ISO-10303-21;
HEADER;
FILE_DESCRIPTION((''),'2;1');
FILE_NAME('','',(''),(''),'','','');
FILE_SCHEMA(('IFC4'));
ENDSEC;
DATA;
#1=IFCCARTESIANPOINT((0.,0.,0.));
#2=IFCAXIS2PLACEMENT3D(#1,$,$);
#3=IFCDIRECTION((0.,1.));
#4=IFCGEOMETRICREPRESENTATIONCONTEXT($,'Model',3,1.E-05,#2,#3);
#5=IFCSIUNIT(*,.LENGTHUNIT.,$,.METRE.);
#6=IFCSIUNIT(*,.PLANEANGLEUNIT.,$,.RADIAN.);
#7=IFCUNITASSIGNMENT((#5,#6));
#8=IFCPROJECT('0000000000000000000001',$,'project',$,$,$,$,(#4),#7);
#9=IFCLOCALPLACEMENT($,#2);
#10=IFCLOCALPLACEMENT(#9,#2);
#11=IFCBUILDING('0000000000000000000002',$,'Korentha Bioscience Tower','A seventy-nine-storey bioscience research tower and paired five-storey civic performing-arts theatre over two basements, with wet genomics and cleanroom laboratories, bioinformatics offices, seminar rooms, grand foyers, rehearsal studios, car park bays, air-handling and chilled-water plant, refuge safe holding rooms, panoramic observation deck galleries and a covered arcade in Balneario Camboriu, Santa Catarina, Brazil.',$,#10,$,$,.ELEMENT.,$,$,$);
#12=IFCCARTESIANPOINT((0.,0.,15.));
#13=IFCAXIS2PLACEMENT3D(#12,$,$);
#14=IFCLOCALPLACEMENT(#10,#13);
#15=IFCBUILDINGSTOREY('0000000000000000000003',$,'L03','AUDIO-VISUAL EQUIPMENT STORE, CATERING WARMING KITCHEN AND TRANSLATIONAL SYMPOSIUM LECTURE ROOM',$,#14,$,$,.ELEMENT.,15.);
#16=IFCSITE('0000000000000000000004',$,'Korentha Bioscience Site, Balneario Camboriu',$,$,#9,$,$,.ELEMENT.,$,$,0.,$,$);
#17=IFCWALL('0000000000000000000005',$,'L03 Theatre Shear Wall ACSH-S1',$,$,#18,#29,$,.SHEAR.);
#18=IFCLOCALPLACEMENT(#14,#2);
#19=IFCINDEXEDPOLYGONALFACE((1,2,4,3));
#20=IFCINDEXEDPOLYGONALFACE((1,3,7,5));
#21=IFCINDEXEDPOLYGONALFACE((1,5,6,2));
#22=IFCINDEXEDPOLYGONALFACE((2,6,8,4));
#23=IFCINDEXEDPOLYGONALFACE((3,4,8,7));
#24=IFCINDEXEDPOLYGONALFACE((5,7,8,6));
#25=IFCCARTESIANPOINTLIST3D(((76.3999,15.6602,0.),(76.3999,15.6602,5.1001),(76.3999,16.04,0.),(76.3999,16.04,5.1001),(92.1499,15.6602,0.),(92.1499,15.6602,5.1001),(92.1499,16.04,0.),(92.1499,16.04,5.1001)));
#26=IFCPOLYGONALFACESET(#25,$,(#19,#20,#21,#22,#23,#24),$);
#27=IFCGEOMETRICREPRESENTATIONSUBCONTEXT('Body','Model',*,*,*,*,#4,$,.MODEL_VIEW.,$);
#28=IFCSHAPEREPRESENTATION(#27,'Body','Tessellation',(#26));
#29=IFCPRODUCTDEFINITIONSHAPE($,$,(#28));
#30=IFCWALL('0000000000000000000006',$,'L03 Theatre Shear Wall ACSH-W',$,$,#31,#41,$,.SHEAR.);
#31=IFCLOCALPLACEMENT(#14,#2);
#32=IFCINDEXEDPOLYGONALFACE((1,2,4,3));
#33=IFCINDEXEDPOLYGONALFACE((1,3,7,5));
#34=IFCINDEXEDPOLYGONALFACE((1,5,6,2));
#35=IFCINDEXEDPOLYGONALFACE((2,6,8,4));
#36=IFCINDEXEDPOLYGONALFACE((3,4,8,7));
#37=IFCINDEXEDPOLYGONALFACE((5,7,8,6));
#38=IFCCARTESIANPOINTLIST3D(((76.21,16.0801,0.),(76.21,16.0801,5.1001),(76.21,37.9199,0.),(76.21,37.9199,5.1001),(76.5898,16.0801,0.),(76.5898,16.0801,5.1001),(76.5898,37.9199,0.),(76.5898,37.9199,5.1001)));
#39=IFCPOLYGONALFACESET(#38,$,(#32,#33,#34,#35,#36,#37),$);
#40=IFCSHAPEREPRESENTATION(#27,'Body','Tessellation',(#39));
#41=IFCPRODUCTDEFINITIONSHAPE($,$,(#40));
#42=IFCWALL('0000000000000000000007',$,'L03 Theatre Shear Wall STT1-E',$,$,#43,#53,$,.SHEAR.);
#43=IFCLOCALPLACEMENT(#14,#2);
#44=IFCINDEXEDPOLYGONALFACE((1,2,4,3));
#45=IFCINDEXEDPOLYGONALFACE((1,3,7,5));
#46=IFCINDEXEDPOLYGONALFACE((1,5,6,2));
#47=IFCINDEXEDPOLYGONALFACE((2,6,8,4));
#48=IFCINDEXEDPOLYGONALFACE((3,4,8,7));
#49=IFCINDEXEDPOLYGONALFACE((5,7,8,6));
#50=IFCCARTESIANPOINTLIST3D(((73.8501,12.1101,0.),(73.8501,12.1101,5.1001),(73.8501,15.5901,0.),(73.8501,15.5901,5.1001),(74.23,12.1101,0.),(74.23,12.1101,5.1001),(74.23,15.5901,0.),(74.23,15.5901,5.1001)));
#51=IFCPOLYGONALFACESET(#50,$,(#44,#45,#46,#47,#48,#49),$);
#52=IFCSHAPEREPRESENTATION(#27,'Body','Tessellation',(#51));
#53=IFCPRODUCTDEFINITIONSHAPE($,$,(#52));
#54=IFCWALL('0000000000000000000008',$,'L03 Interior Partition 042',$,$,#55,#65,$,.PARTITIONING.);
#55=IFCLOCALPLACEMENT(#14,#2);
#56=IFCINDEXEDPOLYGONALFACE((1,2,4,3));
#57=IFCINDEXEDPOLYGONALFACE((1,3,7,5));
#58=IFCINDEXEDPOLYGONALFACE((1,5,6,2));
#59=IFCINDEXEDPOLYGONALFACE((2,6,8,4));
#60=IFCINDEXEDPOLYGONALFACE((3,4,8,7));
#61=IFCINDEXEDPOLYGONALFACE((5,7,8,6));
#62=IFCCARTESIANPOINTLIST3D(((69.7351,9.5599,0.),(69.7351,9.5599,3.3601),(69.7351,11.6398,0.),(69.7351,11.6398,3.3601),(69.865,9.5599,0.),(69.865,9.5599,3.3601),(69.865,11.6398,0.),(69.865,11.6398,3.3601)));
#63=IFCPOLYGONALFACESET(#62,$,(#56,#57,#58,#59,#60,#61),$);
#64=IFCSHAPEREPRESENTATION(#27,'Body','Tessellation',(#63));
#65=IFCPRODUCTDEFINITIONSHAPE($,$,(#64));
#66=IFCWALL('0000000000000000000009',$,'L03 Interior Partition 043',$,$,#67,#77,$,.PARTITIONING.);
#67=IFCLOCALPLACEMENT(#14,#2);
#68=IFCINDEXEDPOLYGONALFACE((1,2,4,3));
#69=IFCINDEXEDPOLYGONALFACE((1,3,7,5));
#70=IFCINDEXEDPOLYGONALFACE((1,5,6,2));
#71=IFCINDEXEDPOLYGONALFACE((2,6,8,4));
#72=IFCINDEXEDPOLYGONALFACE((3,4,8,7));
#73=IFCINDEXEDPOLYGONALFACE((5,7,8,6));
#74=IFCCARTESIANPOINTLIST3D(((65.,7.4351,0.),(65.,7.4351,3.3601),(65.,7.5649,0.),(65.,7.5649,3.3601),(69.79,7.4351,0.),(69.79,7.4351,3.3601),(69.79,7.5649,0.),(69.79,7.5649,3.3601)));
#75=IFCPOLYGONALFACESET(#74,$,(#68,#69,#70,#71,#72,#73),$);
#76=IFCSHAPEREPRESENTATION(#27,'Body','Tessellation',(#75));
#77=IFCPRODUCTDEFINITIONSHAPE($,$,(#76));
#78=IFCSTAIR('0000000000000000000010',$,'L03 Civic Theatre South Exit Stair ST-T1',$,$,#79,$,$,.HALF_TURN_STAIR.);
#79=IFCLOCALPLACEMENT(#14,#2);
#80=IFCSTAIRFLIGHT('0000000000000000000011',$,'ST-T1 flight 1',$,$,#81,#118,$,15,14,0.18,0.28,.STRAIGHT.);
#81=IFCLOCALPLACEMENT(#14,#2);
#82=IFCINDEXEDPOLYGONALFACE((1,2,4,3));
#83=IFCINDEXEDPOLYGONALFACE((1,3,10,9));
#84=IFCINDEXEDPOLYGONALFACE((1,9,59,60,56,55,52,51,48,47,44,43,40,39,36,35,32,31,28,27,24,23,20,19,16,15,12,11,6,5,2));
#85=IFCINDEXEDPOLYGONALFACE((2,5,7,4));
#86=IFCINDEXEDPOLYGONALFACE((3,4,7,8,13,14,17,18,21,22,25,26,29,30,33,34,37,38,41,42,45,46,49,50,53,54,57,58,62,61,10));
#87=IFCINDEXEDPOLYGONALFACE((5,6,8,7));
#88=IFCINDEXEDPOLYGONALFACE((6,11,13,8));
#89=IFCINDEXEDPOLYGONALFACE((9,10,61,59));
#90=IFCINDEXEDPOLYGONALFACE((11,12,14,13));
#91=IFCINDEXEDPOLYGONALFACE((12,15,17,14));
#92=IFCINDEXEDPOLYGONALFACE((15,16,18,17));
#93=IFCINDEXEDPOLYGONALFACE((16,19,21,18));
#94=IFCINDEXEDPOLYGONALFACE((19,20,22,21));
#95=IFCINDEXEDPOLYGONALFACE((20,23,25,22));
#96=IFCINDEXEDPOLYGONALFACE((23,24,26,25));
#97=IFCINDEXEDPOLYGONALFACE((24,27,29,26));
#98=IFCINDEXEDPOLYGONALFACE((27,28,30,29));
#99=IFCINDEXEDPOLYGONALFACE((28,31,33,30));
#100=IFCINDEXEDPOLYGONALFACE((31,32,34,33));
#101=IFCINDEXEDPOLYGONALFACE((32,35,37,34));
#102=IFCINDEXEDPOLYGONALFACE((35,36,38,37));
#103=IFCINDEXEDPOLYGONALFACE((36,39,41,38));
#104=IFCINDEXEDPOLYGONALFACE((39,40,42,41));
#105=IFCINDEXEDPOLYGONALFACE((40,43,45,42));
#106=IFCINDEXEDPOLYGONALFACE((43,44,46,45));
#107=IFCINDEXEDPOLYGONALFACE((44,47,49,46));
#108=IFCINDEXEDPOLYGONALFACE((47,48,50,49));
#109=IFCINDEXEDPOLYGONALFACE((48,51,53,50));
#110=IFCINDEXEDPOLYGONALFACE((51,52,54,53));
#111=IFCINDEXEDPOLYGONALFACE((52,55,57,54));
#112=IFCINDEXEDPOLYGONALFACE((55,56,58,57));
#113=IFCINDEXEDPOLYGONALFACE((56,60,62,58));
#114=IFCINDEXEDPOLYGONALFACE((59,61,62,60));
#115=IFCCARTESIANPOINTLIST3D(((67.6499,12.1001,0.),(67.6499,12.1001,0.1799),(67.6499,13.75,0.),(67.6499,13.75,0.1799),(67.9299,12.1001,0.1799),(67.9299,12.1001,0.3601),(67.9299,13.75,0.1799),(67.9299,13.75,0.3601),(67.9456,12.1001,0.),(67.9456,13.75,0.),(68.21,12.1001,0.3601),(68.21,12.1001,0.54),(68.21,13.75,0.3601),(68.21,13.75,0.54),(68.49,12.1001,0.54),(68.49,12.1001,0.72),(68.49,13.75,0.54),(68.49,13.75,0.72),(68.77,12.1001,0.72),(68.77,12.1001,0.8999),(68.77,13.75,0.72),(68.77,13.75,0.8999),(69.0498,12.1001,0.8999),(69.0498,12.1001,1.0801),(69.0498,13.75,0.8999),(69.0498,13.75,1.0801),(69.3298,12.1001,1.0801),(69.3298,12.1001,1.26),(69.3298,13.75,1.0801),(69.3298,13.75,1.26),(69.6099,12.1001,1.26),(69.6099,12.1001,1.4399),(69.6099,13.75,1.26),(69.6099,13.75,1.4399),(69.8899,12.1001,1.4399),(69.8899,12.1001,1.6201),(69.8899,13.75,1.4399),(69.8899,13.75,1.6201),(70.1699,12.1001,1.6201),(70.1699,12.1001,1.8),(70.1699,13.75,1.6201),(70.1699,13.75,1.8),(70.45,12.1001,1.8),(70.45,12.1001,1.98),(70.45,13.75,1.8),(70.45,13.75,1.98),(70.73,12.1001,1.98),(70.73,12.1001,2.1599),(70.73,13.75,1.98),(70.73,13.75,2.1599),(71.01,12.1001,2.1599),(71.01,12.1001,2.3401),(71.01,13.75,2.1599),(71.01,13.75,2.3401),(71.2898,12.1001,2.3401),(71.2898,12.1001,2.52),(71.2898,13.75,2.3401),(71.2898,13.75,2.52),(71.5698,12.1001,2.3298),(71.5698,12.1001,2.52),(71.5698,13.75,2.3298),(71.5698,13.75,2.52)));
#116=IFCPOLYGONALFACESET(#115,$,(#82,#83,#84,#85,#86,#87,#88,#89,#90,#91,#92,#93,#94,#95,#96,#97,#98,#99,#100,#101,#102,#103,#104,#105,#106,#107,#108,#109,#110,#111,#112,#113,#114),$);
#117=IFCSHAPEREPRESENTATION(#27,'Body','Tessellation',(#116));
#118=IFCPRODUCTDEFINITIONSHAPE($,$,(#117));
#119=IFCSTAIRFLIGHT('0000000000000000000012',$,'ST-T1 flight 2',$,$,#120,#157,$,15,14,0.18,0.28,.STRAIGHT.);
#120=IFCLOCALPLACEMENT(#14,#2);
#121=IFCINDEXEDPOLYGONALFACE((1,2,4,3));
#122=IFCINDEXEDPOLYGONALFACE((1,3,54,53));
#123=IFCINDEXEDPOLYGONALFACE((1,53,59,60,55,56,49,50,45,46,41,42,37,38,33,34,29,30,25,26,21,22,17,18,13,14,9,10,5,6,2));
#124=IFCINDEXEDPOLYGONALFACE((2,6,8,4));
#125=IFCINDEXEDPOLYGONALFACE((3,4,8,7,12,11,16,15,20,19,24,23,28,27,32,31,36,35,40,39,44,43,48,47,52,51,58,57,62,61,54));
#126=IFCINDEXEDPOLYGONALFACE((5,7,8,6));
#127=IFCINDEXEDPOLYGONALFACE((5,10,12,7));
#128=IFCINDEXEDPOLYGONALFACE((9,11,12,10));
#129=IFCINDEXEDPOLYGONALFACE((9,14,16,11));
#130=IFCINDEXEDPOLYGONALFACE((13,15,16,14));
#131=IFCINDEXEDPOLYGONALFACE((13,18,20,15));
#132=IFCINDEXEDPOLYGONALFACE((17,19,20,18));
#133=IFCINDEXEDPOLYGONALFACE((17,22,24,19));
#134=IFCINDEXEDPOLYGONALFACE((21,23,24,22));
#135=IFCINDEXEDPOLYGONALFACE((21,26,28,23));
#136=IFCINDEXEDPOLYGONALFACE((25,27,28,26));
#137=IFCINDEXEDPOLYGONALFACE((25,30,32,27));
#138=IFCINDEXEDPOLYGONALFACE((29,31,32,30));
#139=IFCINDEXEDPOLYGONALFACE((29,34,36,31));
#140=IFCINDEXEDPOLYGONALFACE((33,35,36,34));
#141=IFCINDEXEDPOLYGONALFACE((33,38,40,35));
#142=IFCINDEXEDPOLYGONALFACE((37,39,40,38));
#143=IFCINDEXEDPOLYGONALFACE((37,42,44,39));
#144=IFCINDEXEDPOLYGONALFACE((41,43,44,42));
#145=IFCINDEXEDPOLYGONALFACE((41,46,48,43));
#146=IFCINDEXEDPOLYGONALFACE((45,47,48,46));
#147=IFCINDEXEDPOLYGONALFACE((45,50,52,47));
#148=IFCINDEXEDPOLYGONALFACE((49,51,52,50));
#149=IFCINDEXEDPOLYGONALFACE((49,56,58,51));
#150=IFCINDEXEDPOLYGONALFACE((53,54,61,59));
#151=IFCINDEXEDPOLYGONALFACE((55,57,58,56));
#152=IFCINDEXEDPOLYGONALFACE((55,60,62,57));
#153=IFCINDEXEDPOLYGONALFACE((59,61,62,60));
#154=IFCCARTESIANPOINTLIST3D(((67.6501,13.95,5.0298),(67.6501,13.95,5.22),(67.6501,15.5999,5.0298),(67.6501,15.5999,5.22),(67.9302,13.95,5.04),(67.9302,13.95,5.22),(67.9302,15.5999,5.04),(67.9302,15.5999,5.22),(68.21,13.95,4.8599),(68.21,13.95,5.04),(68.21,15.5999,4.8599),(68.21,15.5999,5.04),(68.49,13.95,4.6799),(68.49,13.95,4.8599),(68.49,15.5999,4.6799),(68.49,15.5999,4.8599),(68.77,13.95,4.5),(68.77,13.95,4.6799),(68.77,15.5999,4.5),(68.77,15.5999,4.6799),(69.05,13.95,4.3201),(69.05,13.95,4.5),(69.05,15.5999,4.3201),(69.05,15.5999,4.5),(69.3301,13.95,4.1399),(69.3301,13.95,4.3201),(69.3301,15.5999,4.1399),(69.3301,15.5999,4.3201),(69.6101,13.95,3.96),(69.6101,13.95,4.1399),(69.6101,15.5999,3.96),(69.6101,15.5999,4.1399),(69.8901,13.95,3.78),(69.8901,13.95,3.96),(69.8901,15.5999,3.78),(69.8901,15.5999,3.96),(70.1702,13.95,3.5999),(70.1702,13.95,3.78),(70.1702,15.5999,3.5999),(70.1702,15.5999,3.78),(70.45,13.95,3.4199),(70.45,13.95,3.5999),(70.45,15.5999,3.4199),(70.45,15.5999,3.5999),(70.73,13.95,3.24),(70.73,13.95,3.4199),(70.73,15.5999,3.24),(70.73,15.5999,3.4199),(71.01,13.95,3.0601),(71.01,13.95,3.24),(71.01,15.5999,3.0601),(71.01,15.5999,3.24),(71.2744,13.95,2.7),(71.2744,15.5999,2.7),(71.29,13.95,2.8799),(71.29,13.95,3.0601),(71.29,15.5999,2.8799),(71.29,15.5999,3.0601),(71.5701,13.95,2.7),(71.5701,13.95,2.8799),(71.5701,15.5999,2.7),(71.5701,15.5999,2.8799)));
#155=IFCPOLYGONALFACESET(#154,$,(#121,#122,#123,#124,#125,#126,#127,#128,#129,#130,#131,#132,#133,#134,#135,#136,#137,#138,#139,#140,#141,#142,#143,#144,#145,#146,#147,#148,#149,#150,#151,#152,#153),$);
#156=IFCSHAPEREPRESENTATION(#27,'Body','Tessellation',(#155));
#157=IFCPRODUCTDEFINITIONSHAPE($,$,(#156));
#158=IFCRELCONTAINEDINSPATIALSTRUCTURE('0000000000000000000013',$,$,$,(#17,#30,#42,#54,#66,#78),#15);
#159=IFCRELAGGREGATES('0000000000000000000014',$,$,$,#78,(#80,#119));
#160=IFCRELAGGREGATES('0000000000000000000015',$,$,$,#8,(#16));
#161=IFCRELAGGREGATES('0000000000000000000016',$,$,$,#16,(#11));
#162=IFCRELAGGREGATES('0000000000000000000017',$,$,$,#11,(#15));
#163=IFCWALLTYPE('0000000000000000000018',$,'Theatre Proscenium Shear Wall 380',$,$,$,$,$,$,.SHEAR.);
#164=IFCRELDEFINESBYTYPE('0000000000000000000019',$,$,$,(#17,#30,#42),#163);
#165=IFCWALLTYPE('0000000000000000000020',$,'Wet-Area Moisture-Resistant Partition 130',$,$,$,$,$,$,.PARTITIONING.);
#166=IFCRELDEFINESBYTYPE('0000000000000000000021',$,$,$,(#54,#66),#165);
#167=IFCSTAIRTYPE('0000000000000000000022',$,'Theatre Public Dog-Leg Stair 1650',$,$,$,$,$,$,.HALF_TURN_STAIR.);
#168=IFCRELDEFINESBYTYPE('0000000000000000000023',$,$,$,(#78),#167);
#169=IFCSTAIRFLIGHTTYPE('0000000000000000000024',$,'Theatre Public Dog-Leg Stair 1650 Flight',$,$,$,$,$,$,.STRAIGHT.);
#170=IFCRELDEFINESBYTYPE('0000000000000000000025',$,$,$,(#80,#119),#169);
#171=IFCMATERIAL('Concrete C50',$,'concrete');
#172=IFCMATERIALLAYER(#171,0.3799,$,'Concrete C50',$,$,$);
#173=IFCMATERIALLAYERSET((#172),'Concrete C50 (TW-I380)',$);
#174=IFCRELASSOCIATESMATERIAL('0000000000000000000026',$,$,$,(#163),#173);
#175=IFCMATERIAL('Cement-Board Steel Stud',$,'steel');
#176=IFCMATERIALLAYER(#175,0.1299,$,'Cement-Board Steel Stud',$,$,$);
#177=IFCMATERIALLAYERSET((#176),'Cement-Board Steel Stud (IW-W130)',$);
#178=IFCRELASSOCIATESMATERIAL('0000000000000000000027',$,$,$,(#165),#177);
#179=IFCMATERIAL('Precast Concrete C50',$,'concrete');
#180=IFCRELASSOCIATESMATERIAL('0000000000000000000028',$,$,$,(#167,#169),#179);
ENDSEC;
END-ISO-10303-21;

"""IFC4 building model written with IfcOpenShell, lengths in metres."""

from ifc_helpers import new_model, si_unit, direction, frame, frame_2d, origin, place, context, subcontext, project, spatial, polyline, rectangle, outline, extrude, material, layer, layer_set, type_object, element, aggregate, save


model = new_model("IFC4")

# Units and contexts
model_context = context("Model", 3, precision=1e-05, world=origin(), true_north=direction((0.0, 1.0)))
body_context = subcontext(model_context, "Body", "Model", "MODEL_VIEW")
ifc_project = project(units=[si_unit("LENGTHUNIT", "METRE"), si_unit("PLANEANGLEUNIT", "RADIAN")], contexts=[model_context])

# Site, building, storey
site_placement = place(None, origin())
site = spatial("IfcSite", under=ifc_project, at=site_placement, Name="Korentha Bioscience Site, Balneario Camboriu", CompositionType="ELEMENT", RefElevation=0.0)
building_placement = place(site_placement, origin())
building = spatial("IfcBuilding", under=site, at=building_placement, Name="Korentha Bioscience Tower", Description="A seventy-nine-storey bioscience research tower and paired five-storey civic performing-arts theatre over two basements, with wet genomics and cleanroom laboratories, bioinformatics offices, seminar rooms, grand foyers, rehearsal studios, car park bays, air-handling and chilled-water plant, refuge safe holding rooms, panoramic observation deck galleries and a covered arcade in Balneario Camboriu, Santa Catarina, Brazil.", CompositionType="ELEMENT")
storey_placement = place(building_placement, frame((0.0, 0.0, 15.0)))
storey = spatial("IfcBuildingStorey", under=building, at=storey_placement, Name="L03", Description="AUDIO-VISUAL EQUIPMENT STORE, CATERING WARMING KITCHEN AND TRANSLATIONAL SYMPOSIUM LECTURE ROOM", CompositionType="ELEMENT", Elevation=15.0)

# Shared definitions
ifc_material_1 = material(Name="Concrete C50", Category="concrete")

# Walls
ifc_layer_1 = layer(ifc_material_1, 0.3799, Name="Concrete C50")
ifc_layer_set_1 = layer_set([ifc_layer_1], Name="Concrete C50 (TW-I380)")
wall_type_1 = type_object("IfcWallType", Name="Theatre Proscenium Shear Wall 380", PredefinedType="SHEAR", material=ifc_layer_set_1)
wall_1_placement = place(storey_placement, frame((76.3999, 15.8501, 0.0), z_axis=(0.0, 0.0, 1.0), x_axis=(1.0, 0.0, 0.0)))
element("IfcWall", 1, at=wall_1_placement, inside=storey, type_object=wall_type_1, Name="L03 Theatre Shear Wall ACSH-S1", PredefinedType="SHEAR", context=body_context, shape_type="SweptSolid", body=[
    extrude(rectangle(XDim=15.75, YDim=0.3799, at=frame_2d((7.875, 0.0))), origin(), (0.0, 0.0, 1.0), 5.1001),
])
wall_2_placement = place(storey_placement, frame((76.3999, 16.0801, 0.0), z_axis=(0.0, 0.0, 1.0), x_axis=(0.0, 1.0, 0.0)))
element("IfcWall", 2, at=wall_2_placement, inside=storey, type_object=wall_type_1, Name="L03 Theatre Shear Wall ACSH-W", PredefinedType="SHEAR", context=body_context, shape_type="SweptSolid", body=[
    extrude(rectangle(XDim=21.8398, YDim=0.3799, at=frame_2d((10.9199, 0.0))), origin(), (0.0, 0.0, 1.0), 5.1001),
])
wall_3_placement = place(storey_placement, frame((74.04, 12.1101, 0.0), z_axis=(0.0, 0.0, 1.0), x_axis=(0.0, 1.0, 0.0)))
element("IfcWall", 3, at=wall_3_placement, inside=storey, type_object=wall_type_1, Name="L03 Theatre Shear Wall STT1-E", PredefinedType="SHEAR", context=body_context, shape_type="SweptSolid", body=[
    extrude(rectangle(XDim=3.48, YDim=0.3799, at=frame_2d((1.74, 0.0))), origin(), (0.0, 0.0, 1.0), 5.1001),
])

# Shared definitions
ifc_material_2 = material(Name="Cement-Board Steel Stud", Category="steel")
ifc_layer_2 = layer(ifc_material_2, 0.1299, Name="Cement-Board Steel Stud")
ifc_layer_set_2 = layer_set([ifc_layer_2], Name="Cement-Board Steel Stud (IW-W130)")
wall_type_2 = type_object("IfcWallType", Name="Wet-Area Moisture-Resistant Partition 130", PredefinedType="PARTITIONING", material=ifc_layer_set_2)

# Walls
wall_4_placement = place(storey_placement, frame((69.8, 11.6399, 0.0), z_axis=(0.0, 0.0, 1.0), x_axis=(0.0, -1.0, 0.0)))
element("IfcWall", 4, at=wall_4_placement, inside=storey, type_object=wall_type_2, Name="L03 Interior Partition 042", PredefinedType="PARTITIONING", context=body_context, shape_type="SweptSolid", body=[
    extrude(rectangle(XDim=2.0798, YDim=0.1299, at=frame_2d((1.04, 0.0))), origin(), (0.0, 0.0, 1.0), 3.3601),
])
wall_5_placement = place(storey_placement, frame((69.79, 7.5, 0.0), z_axis=(0.0, 0.0, 1.0), x_axis=(-1.0, 0.0, 0.0)))
element("IfcWall", 5, at=wall_5_placement, inside=storey, type_object=wall_type_2, Name="L03 Interior Partition 043", PredefinedType="PARTITIONING", context=body_context, shape_type="SweptSolid", body=[
    extrude(rectangle(XDim=4.79, YDim=0.1299, at=frame_2d((2.395, 0.0))), origin(), (0.0, 0.0, 1.0), 3.3601),
])

# Stair, stair flights
ifc_material_3 = material(Name="Precast Concrete C50", Category="concrete")
stair_type = type_object("IfcStairType", Name="Theatre Public Dog-Leg Stair 1650", PredefinedType="HALF_TURN_STAIR", material=ifc_material_3)
stair_placement = place(storey_placement, origin())
stair = element("IfcStair", 6, at=stair_placement, inside=storey, type_object=stair_type, Name="L03 Civic Theatre South Exit Stair ST-T1", PredefinedType="HALF_TURN_STAIR")
stair_flight_type = type_object("IfcStairFlightType", Name="Theatre Public Dog-Leg Stair 1650 Flight", PredefinedType="STRAIGHT", material=ifc_material_3)
stair_flight_1_placement = place(storey_placement, frame((67.6499, 12.925, 0.0), z_axis=(0.0, 0.0, 1.0), x_axis=(1.0, 0.0, 0.0)))
stair_flight_1 = element("IfcStairFlight", 7, at=stair_flight_1_placement, type_object=stair_flight_type, Name="ST-T1 flight 1", NumberOfRisers=15, NumberOfTreads=14, PredefinedType="STRAIGHT", RiserHeight=0.18, TreadLength=0.28, context=body_context, shape_type="SweptSolid", body=[
    extrude(outline(polyline([(0.0, 0.0), (0.0, 0.1799), (0.28, 0.1799), (0.28, 0.3601), (0.5601, 0.3601), (0.5601, 0.54), (0.8401, 0.54), (0.8401, 0.72), (1.1201, 0.72), (1.1201, 0.8999), (1.3999, 0.8999), (1.3999, 1.0801), (1.6799, 1.0801), (1.6799, 1.26), (1.96, 1.26), (1.96, 1.4399), (2.24, 1.4399), (2.24, 1.6201), (2.52, 1.6201), (2.52, 1.8), (2.8, 1.8), (2.8, 1.98), (3.0801, 1.98), (3.0801, 2.1599), (3.3601, 2.1599), (3.3601, 2.3401), (3.6399, 2.3401), (3.6399, 2.52), (3.9199, 2.52), (3.9199, 2.7), (3.9199, 2.3298), (0.2957, 0.0), (0.0, 0.0)])), frame((0.0, 0.825, 0.0), z_axis=(0.0, -1.0, 0.0), x_axis=(1.0, 0.0, 0.0)), (0.0, 0.0, 1.0), 1.6499),
])
stair_flight_2_placement = place(storey_placement, frame((71.5701, 14.7749, 2.7), z_axis=(0.0, 0.0, 1.0), x_axis=(-1.0, 0.0, 0.0)))
stair_flight_2 = element("IfcStairFlight", 8, at=stair_flight_2_placement, type_object=stair_flight_type, Name="ST-T1 flight 2", NumberOfRisers=15, NumberOfTreads=14, PredefinedType="STRAIGHT", RiserHeight=0.18, TreadLength=0.28, context=body_context, shape_type="SweptSolid", body=[
    extrude(outline(polyline([(0.0, 0.0), (0.0, 0.1799), (0.28, 0.1799), (0.28, 0.3601), (0.5601, 0.3601), (0.5601, 0.54), (0.8401, 0.54), (0.8401, 0.72), (1.1201, 0.72), (1.1201, 0.8999), (1.3999, 0.8999), (1.3999, 1.0801), (1.6799, 1.0801), (1.6799, 1.26), (1.96, 1.26), (1.96, 1.4399), (2.24, 1.4399), (2.24, 1.6201), (2.52, 1.6201), (2.52, 1.8), (2.8, 1.8), (2.8, 1.98), (3.0801, 1.98), (3.0801, 2.1599), (3.3601, 2.1599), (3.3601, 2.3401), (3.6399, 2.3401), (3.6399, 2.52), (3.9199, 2.52), (3.9199, 2.7), (3.9199, 2.3298), (0.2957, 0.0), (0.0, 0.0)])), frame((0.0, 0.825, 0.0), z_axis=(0.0, -1.0, 0.0), x_axis=(1.0, 0.0, 0.0)), (0.0, 0.0, 1.0), 1.6499),
])
aggregate(stair, [stair_flight_1, stair_flight_2])

save(model, "model.ifc")
